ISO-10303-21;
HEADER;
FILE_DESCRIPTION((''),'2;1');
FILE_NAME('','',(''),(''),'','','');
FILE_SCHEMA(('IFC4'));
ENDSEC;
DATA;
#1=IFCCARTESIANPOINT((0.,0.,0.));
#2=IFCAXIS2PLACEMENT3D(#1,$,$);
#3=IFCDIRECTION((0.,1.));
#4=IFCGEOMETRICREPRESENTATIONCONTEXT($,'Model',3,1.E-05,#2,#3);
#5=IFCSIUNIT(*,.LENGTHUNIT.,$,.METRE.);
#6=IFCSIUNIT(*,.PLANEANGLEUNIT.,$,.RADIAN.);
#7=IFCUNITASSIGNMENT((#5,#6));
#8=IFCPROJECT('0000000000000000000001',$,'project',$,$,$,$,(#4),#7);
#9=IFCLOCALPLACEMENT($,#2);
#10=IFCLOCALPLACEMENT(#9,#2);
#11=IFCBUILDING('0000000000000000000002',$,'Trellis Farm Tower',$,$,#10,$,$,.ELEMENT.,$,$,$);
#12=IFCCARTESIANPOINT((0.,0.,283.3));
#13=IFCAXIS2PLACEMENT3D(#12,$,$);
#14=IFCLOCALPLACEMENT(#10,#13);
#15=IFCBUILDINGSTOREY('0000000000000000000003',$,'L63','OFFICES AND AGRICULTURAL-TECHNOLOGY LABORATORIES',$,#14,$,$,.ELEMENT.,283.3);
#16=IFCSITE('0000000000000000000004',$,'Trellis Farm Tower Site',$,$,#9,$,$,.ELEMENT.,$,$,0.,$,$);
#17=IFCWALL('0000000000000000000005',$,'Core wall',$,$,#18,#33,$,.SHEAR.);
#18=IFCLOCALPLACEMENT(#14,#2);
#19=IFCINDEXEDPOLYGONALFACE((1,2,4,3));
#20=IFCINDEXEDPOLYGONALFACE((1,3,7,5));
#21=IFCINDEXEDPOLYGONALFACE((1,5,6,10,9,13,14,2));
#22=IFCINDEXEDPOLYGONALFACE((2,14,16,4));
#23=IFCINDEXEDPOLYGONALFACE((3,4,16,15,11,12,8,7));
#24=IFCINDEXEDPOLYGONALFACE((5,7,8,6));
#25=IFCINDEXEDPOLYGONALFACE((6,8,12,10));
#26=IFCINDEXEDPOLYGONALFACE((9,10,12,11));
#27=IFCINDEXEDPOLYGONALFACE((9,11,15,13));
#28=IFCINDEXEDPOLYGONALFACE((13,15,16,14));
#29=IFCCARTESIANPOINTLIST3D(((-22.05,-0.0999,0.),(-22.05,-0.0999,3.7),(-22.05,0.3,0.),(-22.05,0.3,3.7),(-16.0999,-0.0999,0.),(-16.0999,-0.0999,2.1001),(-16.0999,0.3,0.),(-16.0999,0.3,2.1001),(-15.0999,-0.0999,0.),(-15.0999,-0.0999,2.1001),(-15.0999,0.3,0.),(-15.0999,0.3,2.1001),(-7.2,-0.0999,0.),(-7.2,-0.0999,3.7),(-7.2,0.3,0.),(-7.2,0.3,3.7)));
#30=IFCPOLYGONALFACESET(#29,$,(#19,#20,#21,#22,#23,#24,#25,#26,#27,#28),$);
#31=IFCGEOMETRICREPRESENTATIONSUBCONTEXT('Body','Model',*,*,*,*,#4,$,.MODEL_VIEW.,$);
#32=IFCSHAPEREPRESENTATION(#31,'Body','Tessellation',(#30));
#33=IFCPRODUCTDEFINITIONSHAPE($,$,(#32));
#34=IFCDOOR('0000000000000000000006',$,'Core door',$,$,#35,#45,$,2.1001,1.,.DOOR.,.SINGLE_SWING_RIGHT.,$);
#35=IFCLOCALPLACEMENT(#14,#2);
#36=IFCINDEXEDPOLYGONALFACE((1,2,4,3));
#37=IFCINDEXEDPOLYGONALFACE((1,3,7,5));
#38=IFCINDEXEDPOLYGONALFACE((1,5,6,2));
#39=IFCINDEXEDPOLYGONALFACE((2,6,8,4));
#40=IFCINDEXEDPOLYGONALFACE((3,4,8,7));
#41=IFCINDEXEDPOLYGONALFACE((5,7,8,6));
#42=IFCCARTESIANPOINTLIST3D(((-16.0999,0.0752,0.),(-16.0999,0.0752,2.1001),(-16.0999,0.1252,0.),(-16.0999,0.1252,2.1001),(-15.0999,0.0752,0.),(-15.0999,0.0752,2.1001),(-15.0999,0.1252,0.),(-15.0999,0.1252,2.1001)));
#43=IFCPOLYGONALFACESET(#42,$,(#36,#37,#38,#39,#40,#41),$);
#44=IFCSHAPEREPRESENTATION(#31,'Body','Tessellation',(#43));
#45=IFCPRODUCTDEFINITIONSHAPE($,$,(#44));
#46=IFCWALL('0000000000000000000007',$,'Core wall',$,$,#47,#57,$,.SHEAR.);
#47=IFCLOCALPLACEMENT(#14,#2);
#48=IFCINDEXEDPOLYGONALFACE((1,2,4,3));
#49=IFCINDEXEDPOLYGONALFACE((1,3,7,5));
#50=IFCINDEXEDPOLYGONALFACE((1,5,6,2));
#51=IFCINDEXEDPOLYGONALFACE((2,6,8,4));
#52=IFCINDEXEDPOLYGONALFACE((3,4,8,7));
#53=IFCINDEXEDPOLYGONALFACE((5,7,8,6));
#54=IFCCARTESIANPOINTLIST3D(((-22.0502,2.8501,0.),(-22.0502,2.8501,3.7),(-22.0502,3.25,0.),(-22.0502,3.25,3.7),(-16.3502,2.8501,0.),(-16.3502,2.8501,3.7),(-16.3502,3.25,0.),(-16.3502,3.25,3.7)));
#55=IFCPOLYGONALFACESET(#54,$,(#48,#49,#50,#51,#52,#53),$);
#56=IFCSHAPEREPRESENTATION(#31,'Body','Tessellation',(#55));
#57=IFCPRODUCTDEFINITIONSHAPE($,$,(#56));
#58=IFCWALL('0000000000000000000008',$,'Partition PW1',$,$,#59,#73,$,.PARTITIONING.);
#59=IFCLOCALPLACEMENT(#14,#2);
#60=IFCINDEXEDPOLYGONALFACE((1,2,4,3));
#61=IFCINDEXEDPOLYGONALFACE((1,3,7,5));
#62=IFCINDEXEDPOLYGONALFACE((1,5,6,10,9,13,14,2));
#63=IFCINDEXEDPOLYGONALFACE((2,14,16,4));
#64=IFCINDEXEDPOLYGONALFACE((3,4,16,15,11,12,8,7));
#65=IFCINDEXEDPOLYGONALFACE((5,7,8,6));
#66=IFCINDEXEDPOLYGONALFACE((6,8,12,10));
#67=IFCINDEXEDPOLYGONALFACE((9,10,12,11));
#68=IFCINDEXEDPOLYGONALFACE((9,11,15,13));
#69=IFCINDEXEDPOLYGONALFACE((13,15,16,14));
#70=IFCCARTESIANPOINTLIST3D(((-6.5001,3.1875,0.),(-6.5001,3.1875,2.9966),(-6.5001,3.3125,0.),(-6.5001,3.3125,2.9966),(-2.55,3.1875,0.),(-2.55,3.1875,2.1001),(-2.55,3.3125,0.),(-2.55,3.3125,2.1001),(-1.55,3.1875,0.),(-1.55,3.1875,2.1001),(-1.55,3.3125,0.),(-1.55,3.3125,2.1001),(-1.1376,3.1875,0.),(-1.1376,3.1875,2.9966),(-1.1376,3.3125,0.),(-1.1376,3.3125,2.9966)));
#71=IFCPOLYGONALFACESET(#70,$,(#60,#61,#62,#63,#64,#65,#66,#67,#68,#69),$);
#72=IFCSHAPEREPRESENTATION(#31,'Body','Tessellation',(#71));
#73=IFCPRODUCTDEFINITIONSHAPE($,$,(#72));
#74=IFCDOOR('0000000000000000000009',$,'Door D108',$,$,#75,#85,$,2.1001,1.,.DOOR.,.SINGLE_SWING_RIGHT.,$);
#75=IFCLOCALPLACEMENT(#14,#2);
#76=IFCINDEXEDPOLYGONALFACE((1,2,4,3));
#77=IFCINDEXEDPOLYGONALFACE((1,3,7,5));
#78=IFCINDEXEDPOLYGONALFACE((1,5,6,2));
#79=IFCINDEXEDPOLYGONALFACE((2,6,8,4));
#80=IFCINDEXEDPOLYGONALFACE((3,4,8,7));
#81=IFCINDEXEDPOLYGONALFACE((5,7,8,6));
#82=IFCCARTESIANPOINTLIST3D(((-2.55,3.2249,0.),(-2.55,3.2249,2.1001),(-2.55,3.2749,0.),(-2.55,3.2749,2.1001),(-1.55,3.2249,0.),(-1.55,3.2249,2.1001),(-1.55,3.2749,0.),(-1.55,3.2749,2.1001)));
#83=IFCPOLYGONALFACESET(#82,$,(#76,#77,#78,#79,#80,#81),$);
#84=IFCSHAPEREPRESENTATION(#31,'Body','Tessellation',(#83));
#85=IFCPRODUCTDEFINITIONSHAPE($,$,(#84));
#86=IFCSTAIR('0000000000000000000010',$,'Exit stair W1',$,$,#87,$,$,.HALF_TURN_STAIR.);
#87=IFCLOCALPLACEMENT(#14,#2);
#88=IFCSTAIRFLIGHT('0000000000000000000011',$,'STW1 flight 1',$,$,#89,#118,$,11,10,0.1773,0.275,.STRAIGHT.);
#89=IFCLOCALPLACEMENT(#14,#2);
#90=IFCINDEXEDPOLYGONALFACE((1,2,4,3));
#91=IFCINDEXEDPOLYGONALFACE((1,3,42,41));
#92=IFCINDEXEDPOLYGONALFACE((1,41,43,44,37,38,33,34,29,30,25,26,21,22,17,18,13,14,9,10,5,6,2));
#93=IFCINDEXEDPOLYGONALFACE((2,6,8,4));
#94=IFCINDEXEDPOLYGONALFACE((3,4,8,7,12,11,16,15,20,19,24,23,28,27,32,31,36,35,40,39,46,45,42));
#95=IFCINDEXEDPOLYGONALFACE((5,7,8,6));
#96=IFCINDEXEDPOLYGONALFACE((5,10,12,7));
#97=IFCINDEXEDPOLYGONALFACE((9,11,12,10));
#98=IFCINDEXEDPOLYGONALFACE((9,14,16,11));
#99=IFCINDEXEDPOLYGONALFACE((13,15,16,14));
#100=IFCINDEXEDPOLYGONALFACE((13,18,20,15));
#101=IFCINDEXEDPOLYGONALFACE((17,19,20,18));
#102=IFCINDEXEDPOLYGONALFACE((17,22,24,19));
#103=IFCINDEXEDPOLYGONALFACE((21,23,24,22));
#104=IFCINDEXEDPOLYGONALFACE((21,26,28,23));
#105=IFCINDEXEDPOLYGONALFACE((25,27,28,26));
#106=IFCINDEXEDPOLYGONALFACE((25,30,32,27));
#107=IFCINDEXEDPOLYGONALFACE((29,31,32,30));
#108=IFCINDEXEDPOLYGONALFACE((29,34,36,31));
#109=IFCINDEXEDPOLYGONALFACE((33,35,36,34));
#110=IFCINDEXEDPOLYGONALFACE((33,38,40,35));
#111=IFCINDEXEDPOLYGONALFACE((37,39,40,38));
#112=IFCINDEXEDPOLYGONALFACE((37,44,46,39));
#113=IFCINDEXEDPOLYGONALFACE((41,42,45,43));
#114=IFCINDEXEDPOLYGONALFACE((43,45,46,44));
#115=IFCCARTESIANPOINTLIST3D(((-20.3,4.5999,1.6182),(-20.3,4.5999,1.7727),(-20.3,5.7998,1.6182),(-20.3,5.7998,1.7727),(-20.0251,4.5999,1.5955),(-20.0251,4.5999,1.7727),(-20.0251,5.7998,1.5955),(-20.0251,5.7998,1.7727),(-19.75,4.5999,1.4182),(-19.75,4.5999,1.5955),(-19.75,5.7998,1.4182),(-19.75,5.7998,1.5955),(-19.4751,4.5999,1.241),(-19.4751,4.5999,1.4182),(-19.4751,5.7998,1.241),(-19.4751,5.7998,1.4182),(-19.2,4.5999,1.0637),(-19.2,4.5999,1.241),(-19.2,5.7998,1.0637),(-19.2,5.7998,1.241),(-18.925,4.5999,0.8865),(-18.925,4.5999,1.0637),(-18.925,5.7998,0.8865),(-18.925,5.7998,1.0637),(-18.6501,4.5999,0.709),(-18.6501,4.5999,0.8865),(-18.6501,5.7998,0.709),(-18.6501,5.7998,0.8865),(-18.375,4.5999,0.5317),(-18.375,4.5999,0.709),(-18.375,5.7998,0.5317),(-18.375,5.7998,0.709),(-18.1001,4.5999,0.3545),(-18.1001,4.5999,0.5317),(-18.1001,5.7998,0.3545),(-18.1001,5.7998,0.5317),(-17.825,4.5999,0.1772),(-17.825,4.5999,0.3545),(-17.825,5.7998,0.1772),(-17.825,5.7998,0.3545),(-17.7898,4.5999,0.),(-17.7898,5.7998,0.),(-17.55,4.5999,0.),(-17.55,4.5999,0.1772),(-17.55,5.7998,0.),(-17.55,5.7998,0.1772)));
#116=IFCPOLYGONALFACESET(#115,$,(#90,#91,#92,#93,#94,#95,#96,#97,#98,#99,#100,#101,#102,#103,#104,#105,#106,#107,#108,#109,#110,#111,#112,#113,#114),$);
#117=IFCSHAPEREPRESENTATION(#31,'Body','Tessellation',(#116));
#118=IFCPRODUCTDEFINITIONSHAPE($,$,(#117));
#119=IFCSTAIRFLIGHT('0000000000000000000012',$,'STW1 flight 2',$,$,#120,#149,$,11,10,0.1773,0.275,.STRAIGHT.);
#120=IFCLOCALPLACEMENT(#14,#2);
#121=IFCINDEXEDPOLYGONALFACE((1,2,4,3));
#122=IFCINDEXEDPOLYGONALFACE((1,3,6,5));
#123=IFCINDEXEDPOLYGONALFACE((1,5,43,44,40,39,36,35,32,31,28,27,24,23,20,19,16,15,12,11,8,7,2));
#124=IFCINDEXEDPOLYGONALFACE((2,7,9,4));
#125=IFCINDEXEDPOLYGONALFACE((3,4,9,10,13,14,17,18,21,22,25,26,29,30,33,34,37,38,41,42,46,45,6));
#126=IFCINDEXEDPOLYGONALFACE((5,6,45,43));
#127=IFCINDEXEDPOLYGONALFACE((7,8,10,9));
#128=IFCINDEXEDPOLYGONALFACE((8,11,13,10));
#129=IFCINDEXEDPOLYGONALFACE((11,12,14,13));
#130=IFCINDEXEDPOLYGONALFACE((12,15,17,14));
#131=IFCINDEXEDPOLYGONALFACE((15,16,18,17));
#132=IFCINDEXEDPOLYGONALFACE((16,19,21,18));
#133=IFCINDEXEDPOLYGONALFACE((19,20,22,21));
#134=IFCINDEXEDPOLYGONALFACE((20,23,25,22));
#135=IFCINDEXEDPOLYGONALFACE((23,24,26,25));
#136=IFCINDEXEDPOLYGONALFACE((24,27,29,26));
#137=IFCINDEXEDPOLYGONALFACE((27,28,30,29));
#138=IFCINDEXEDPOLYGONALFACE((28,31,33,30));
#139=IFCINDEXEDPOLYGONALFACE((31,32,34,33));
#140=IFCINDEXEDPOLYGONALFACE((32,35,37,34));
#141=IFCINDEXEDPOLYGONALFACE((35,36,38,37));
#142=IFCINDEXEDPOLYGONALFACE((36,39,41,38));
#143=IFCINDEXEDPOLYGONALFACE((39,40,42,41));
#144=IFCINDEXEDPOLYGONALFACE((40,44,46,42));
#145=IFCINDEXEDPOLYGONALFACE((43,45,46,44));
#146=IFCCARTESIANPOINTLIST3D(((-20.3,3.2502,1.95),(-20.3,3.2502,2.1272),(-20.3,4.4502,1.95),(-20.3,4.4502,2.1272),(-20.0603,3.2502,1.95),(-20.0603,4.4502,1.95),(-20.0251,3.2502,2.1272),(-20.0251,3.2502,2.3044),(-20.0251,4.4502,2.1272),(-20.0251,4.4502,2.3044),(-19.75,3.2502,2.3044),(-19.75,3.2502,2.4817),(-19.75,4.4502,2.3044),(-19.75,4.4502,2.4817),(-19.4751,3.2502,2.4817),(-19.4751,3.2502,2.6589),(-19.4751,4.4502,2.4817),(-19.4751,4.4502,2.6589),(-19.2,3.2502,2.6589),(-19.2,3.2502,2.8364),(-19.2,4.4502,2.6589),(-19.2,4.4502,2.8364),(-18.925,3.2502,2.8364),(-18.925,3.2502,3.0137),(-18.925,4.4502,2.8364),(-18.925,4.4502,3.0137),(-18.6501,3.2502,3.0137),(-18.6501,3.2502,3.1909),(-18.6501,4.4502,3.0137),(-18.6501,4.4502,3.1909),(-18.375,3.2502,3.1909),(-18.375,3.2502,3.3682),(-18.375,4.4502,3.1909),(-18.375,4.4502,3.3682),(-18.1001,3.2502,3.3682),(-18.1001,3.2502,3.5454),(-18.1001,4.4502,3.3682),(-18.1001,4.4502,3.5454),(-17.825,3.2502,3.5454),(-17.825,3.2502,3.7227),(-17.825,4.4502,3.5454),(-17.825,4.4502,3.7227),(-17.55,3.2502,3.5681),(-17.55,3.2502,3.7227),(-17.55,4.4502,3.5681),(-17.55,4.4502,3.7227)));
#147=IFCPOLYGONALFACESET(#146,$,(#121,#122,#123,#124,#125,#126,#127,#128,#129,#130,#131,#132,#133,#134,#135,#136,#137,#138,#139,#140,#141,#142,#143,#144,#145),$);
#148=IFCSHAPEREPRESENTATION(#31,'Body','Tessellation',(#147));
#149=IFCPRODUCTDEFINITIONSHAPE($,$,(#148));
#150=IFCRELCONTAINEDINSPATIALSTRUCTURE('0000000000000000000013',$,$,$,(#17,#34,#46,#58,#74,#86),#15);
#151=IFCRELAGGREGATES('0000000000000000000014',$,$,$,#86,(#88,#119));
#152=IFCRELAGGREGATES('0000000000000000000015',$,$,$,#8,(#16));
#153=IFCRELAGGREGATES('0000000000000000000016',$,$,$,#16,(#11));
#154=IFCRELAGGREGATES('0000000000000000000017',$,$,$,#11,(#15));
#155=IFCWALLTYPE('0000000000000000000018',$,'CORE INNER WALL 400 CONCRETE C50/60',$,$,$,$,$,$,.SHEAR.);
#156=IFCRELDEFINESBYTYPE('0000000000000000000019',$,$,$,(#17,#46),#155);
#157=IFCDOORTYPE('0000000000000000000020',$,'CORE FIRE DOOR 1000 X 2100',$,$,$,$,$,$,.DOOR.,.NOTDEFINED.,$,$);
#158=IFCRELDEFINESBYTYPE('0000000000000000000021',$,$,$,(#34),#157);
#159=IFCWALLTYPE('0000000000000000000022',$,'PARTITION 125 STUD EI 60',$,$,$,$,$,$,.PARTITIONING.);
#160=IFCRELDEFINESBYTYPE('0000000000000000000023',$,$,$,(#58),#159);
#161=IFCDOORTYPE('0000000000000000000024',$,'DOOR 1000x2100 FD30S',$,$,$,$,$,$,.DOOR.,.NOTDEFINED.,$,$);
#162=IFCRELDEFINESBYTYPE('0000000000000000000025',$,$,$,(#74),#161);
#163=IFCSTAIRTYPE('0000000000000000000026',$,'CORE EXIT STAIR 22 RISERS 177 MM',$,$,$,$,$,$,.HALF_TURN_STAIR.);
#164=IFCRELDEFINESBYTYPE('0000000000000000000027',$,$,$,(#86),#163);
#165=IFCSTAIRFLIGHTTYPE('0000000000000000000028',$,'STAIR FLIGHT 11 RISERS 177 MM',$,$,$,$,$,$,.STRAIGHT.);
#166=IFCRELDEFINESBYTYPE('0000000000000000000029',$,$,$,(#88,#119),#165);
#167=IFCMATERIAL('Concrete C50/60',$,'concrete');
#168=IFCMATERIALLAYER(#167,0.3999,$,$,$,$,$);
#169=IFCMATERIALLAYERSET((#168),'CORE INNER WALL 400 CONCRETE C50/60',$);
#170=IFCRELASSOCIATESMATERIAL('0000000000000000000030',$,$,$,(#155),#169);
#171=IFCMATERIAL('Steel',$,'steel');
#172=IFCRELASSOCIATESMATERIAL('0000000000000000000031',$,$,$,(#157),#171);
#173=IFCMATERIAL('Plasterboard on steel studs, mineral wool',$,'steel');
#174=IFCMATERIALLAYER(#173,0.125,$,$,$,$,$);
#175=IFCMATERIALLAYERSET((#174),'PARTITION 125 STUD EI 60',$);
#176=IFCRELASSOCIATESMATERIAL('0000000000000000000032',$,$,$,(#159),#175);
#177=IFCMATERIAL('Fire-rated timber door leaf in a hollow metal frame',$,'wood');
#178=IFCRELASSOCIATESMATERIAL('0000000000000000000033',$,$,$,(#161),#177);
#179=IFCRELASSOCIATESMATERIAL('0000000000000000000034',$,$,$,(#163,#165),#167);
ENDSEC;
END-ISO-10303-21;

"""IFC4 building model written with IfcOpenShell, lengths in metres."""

from ifc_helpers import new_model, si_unit, direction, frame, frame_2d, origin, place, context, subcontext, project, spatial, polyline, rectangle, outline, extrude, source, transform, mapped, material, layer, layer_set, type_object, element, fill, aggregate, save


model = new_model("IFC4")

# Units and contexts
model_context = context("Model", 3, precision=1e-05, world=origin(), true_north=direction((0.0, 1.0)))
body_context = subcontext(model_context, "Body", "Model", "MODEL_VIEW")
ifc_project = project(units=[si_unit("LENGTHUNIT", "METRE"), si_unit("PLANEANGLEUNIT", "RADIAN")], contexts=[model_context])

# Site, building, storey
site_placement = place(None, origin())
site = spatial("IfcSite", under=ifc_project, at=site_placement, Name="Trellis Farm Tower Site", CompositionType="ELEMENT", RefElevation=0.0)
building_placement = place(site_placement, origin())
building = spatial("IfcBuilding", under=site, at=building_placement, Name="Trellis Farm Tower", CompositionType="ELEMENT")
storey_placement = place(building_placement, frame((0.0, 0.0, 283.3)))
storey = spatial("IfcBuildingStorey", under=building, at=storey_placement, Name="L63", Description="OFFICES AND AGRICULTURAL-TECHNOLOGY LABORATORIES", CompositionType="ELEMENT", Elevation=283.3)

# Shared definitions
placement = place(storey_placement, origin())

# Shared definitions
ifc_material_1 = material(Name="Concrete C50/60", Category="concrete")
ifc_layer_1 = layer(ifc_material_1, 0.3999)
ifc_layer_set_1 = layer_set([ifc_layer_1], Name="CORE INNER WALL 400 CONCRETE C50/60")
wall_type_1 = type_object("IfcWallType", Name="CORE INNER WALL 400 CONCRETE C50/60", PredefinedType="SHEAR", material=ifc_layer_set_1)
shared_shape_1 = source(origin(), body_context, "Body", "SweptSolid", [
    extrude(rectangle(XDim=1.0, YDim=2.1001, at=frame_2d((0.5, 1.05))), frame((0.0, 0.21, 0.0), z_axis=(0.0, -1.0, 0.0), x_axis=(1.0, 0.0, 0.0)), (0.0, 0.0, 1.0), 0.4199),
])
ifc_material_2 = material(Name="Steel", Category="steel")
door_type_1 = type_object("IfcDoorType", Name="CORE FIRE DOOR 1000 X 2100", OperationType="NOTDEFINED", PredefinedType="DOOR", material=ifc_material_2)
shared_shape_2 = source(origin(), body_context, "Body", "SweptSolid", [
    extrude(rectangle(XDim=1.0, YDim=2.1001, at=frame_2d((0.5, 1.05))), frame((0.0, 0.0249, 0.0), z_axis=(0.0, -1.0, 0.0), x_axis=(1.0, 0.0, 0.0)), (0.0, 0.0, 1.0), 0.05),
])

# Wall, opening, door
shared_shape_3 = source(origin(), body_context, "Body", "SweptSolid", [
    extrude(rectangle(XDim=14.8501, YDim=0.3999, at=frame_2d((7.425, 0.0))), origin(), (0.0, 0.0, 1.0), 3.7),
])
wall_1_placement = place(storey_placement, frame((-7.2, 0.1001, 0.0), z_axis=(0.0, 0.0, 1.0), x_axis=(-1.0, 0.0, 0.0)))
wall_1 = element("IfcWall", 1, at=wall_1_placement, inside=storey, type_object=wall_type_1, Name="Core wall", PredefinedType="SHEAR", context=body_context, shape_type="MappedRepresentation", body=[
    mapped(shared_shape_3, transform((0.0, 0.0, 0.0))),
])
opening_1_placement = place(wall_1_placement, frame((7.8999, 0.0, 0.0)))
opening_1 = element("IfcOpeningElement", 2, at=opening_1_placement, cuts=wall_1, PredefinedType="OPENING", context=body_context, shape_type="MappedRepresentation", body=[
    mapped(shared_shape_1, transform((0.0, 0.0, 0.0))),
])
door_1_placement = place(opening_1_placement, origin())
door_1 = element("IfcDoor", 3, at=door_1_placement, inside=storey, type_object=door_type_1, Name="Core door", OperationType="SINGLE_SWING_RIGHT", OverallHeight=2.1001, OverallWidth=1.0, PredefinedType="DOOR", context=body_context, shape_type="MappedRepresentation", body=[
    mapped(shared_shape_2, transform((0.0, 0.0, 0.0))),
])
fill(opening_1, door_1)

# Wall
shared_shape_4 = source(origin(), body_context, "Body", "SweptSolid", [
    extrude(rectangle(XDim=5.7, YDim=0.3999, at=frame_2d((2.8501, 0.0))), origin(), (0.0, 0.0, 1.0), 3.7),
])
wall_2_placement = place(storey_placement, frame((-16.3501, 3.05, 0.0), z_axis=(0.0, 0.0, 1.0), x_axis=(-1.0, 0.0, 0.0)))
element("IfcWall", 4, at=wall_2_placement, inside=storey, type_object=wall_type_1, Name="Core wall", PredefinedType="SHEAR", context=body_context, shape_type="MappedRepresentation", body=[
    mapped(shared_shape_4, transform((0.0, 0.0, 0.0))),
])

# Wall, opening, door
ifc_material_3 = material(Name="Plasterboard on steel studs, mineral wool", Category="steel")
ifc_layer_2 = layer(ifc_material_3, 0.125)
ifc_layer_set_2 = layer_set([ifc_layer_2], Name="PARTITION 125 STUD EI 60")
wall_type_2 = type_object("IfcWallType", Name="PARTITION 125 STUD EI 60", PredefinedType="PARTITIONING", material=ifc_layer_set_2)
shared_shape_5 = source(origin(), body_context, "Body", "SweptSolid", [
    extrude(rectangle(XDim=5.3625, YDim=0.125, at=frame_2d((2.6812, 0.0))), origin(), (0.0, 0.0, 1.0), 2.9966),
])
wall_3_placement = place(storey_placement, frame((-6.5, 3.25, 0.0), z_axis=(0.0, 0.0, 1.0), x_axis=(1.0, 0.0, 0.0)))
wall_3 = element("IfcWall", 5, at=wall_3_placement, inside=storey, type_object=wall_type_2, Name="Partition PW1", PredefinedType="PARTITIONING", context=body_context, shape_type="MappedRepresentation", body=[
    mapped(shared_shape_5, transform((0.0, 0.0, 0.0))),
])
shared_shape_6 = source(origin(), body_context, "Body", "SweptSolid", [
    extrude(rectangle(XDim=1.0, YDim=2.1001, at=frame_2d((0.5, 1.05))), frame((0.0, 0.0725, 0.0), z_axis=(0.0, -1.0, 0.0), x_axis=(1.0, 0.0, 0.0)), (0.0, 0.0, 1.0), 0.145),
])
opening_2_placement = place(wall_3_placement, frame((3.95, 0.0, 0.0)))
opening_2 = element("IfcOpeningElement", 6, at=opening_2_placement, cuts=wall_3, PredefinedType="OPENING", context=body_context, shape_type="MappedRepresentation", body=[
    mapped(shared_shape_6, transform((0.0, 0.0, 0.0))),
])
ifc_material_4 = material(Name="Fire-rated timber door leaf in a hollow metal frame", Category="wood")
door_type_2 = type_object("IfcDoorType", Name="DOOR 1000x2100 FD30S", OperationType="NOTDEFINED", PredefinedType="DOOR", material=ifc_material_4)
door_2_placement = place(opening_2_placement, origin())
door_2 = element("IfcDoor", 7, at=door_2_placement, inside=storey, type_object=door_type_2, Name="Door D108", OperationType="SINGLE_SWING_RIGHT", OverallHeight=2.1001, OverallWidth=1.0, PredefinedType="DOOR", context=body_context, shape_type="MappedRepresentation", body=[
    mapped(shared_shape_2, transform((0.0, 0.0, 0.0))),
])
fill(opening_2, door_2)

# Stair, stair flights
stair_type = type_object("IfcStairType", Name="CORE EXIT STAIR 22 RISERS 177 MM", PredefinedType="HALF_TURN_STAIR", material=ifc_material_1)
stair_1 = element("IfcStair", 8, at=placement, inside=storey, type_object=stair_type, Name="Exit stair W1", PredefinedType="HALF_TURN_STAIR")
stair_flight_type = type_object("IfcStairFlightType", Name="STAIR FLIGHT 11 RISERS 177 MM", PredefinedType="STRAIGHT", material=ifc_material_1)
shared_shape_7 = source(origin(), body_context, "Body", "SweptSolid", [
    extrude(outline(polyline([(0.0, 0.0), (0.0, 0.1772), (0.2749, 0.1772), (0.2749, 0.3545), (0.55, 0.3545), (0.55, 0.5317), (0.825, 0.5317), (0.825, 0.709), (1.1001, 0.709), (1.1001, 0.8865), (1.375, 0.8865), (1.375, 1.0637), (1.6499, 1.0637), (1.6499, 1.241), (1.925, 1.241), (1.925, 1.4182), (2.2, 1.4182), (2.2, 1.5955), (2.4751, 1.5955), (2.4751, 1.7727), (2.75, 1.7727), (2.75, 1.95), (2.75, 1.6182), (0.2397, 0.0), (0.0, 0.0)])), frame((0.0, 0.6001, 0.0), z_axis=(0.0, -1.0, 0.0), x_axis=(1.0, 0.0, 0.0)), (0.0, 0.0, 1.0), 1.2),
])
stair_flight_1_placement = place(storey_placement, frame((-17.55, 5.2, 0.0), z_axis=(0.0, 0.0, 1.0), x_axis=(-1.0, 0.0, 0.0)))
stair_flight_1 = element("IfcStairFlight", 9, at=stair_flight_1_placement, type_object=stair_flight_type, Name="STW1 flight 1", NumberOfRisers=11, NumberOfTreads=10, PredefinedType="STRAIGHT", RiserHeight=0.1773, TreadLength=0.275, context=body_context, shape_type="MappedRepresentation", body=[
    mapped(shared_shape_7, transform((0.0, 0.0, 0.0))),
])
stair_flight_2_placement = place(storey_placement, frame((-20.3, 3.8501, 1.95), z_axis=(0.0, 0.0, 1.0), x_axis=(1.0, 0.0, 0.0)))
stair_flight_2 = element("IfcStairFlight", 10, at=stair_flight_2_placement, type_object=stair_flight_type, Name="STW1 flight 2", NumberOfRisers=11, NumberOfTreads=10, PredefinedType="STRAIGHT", RiserHeight=0.1773, TreadLength=0.275, context=body_context, shape_type="MappedRepresentation", body=[
    mapped(shared_shape_7, transform((0.0, 0.0, 0.0))),
])
aggregate(stair_1, [stair_flight_1, stair_flight_2])

save(model, "model.ifc")
